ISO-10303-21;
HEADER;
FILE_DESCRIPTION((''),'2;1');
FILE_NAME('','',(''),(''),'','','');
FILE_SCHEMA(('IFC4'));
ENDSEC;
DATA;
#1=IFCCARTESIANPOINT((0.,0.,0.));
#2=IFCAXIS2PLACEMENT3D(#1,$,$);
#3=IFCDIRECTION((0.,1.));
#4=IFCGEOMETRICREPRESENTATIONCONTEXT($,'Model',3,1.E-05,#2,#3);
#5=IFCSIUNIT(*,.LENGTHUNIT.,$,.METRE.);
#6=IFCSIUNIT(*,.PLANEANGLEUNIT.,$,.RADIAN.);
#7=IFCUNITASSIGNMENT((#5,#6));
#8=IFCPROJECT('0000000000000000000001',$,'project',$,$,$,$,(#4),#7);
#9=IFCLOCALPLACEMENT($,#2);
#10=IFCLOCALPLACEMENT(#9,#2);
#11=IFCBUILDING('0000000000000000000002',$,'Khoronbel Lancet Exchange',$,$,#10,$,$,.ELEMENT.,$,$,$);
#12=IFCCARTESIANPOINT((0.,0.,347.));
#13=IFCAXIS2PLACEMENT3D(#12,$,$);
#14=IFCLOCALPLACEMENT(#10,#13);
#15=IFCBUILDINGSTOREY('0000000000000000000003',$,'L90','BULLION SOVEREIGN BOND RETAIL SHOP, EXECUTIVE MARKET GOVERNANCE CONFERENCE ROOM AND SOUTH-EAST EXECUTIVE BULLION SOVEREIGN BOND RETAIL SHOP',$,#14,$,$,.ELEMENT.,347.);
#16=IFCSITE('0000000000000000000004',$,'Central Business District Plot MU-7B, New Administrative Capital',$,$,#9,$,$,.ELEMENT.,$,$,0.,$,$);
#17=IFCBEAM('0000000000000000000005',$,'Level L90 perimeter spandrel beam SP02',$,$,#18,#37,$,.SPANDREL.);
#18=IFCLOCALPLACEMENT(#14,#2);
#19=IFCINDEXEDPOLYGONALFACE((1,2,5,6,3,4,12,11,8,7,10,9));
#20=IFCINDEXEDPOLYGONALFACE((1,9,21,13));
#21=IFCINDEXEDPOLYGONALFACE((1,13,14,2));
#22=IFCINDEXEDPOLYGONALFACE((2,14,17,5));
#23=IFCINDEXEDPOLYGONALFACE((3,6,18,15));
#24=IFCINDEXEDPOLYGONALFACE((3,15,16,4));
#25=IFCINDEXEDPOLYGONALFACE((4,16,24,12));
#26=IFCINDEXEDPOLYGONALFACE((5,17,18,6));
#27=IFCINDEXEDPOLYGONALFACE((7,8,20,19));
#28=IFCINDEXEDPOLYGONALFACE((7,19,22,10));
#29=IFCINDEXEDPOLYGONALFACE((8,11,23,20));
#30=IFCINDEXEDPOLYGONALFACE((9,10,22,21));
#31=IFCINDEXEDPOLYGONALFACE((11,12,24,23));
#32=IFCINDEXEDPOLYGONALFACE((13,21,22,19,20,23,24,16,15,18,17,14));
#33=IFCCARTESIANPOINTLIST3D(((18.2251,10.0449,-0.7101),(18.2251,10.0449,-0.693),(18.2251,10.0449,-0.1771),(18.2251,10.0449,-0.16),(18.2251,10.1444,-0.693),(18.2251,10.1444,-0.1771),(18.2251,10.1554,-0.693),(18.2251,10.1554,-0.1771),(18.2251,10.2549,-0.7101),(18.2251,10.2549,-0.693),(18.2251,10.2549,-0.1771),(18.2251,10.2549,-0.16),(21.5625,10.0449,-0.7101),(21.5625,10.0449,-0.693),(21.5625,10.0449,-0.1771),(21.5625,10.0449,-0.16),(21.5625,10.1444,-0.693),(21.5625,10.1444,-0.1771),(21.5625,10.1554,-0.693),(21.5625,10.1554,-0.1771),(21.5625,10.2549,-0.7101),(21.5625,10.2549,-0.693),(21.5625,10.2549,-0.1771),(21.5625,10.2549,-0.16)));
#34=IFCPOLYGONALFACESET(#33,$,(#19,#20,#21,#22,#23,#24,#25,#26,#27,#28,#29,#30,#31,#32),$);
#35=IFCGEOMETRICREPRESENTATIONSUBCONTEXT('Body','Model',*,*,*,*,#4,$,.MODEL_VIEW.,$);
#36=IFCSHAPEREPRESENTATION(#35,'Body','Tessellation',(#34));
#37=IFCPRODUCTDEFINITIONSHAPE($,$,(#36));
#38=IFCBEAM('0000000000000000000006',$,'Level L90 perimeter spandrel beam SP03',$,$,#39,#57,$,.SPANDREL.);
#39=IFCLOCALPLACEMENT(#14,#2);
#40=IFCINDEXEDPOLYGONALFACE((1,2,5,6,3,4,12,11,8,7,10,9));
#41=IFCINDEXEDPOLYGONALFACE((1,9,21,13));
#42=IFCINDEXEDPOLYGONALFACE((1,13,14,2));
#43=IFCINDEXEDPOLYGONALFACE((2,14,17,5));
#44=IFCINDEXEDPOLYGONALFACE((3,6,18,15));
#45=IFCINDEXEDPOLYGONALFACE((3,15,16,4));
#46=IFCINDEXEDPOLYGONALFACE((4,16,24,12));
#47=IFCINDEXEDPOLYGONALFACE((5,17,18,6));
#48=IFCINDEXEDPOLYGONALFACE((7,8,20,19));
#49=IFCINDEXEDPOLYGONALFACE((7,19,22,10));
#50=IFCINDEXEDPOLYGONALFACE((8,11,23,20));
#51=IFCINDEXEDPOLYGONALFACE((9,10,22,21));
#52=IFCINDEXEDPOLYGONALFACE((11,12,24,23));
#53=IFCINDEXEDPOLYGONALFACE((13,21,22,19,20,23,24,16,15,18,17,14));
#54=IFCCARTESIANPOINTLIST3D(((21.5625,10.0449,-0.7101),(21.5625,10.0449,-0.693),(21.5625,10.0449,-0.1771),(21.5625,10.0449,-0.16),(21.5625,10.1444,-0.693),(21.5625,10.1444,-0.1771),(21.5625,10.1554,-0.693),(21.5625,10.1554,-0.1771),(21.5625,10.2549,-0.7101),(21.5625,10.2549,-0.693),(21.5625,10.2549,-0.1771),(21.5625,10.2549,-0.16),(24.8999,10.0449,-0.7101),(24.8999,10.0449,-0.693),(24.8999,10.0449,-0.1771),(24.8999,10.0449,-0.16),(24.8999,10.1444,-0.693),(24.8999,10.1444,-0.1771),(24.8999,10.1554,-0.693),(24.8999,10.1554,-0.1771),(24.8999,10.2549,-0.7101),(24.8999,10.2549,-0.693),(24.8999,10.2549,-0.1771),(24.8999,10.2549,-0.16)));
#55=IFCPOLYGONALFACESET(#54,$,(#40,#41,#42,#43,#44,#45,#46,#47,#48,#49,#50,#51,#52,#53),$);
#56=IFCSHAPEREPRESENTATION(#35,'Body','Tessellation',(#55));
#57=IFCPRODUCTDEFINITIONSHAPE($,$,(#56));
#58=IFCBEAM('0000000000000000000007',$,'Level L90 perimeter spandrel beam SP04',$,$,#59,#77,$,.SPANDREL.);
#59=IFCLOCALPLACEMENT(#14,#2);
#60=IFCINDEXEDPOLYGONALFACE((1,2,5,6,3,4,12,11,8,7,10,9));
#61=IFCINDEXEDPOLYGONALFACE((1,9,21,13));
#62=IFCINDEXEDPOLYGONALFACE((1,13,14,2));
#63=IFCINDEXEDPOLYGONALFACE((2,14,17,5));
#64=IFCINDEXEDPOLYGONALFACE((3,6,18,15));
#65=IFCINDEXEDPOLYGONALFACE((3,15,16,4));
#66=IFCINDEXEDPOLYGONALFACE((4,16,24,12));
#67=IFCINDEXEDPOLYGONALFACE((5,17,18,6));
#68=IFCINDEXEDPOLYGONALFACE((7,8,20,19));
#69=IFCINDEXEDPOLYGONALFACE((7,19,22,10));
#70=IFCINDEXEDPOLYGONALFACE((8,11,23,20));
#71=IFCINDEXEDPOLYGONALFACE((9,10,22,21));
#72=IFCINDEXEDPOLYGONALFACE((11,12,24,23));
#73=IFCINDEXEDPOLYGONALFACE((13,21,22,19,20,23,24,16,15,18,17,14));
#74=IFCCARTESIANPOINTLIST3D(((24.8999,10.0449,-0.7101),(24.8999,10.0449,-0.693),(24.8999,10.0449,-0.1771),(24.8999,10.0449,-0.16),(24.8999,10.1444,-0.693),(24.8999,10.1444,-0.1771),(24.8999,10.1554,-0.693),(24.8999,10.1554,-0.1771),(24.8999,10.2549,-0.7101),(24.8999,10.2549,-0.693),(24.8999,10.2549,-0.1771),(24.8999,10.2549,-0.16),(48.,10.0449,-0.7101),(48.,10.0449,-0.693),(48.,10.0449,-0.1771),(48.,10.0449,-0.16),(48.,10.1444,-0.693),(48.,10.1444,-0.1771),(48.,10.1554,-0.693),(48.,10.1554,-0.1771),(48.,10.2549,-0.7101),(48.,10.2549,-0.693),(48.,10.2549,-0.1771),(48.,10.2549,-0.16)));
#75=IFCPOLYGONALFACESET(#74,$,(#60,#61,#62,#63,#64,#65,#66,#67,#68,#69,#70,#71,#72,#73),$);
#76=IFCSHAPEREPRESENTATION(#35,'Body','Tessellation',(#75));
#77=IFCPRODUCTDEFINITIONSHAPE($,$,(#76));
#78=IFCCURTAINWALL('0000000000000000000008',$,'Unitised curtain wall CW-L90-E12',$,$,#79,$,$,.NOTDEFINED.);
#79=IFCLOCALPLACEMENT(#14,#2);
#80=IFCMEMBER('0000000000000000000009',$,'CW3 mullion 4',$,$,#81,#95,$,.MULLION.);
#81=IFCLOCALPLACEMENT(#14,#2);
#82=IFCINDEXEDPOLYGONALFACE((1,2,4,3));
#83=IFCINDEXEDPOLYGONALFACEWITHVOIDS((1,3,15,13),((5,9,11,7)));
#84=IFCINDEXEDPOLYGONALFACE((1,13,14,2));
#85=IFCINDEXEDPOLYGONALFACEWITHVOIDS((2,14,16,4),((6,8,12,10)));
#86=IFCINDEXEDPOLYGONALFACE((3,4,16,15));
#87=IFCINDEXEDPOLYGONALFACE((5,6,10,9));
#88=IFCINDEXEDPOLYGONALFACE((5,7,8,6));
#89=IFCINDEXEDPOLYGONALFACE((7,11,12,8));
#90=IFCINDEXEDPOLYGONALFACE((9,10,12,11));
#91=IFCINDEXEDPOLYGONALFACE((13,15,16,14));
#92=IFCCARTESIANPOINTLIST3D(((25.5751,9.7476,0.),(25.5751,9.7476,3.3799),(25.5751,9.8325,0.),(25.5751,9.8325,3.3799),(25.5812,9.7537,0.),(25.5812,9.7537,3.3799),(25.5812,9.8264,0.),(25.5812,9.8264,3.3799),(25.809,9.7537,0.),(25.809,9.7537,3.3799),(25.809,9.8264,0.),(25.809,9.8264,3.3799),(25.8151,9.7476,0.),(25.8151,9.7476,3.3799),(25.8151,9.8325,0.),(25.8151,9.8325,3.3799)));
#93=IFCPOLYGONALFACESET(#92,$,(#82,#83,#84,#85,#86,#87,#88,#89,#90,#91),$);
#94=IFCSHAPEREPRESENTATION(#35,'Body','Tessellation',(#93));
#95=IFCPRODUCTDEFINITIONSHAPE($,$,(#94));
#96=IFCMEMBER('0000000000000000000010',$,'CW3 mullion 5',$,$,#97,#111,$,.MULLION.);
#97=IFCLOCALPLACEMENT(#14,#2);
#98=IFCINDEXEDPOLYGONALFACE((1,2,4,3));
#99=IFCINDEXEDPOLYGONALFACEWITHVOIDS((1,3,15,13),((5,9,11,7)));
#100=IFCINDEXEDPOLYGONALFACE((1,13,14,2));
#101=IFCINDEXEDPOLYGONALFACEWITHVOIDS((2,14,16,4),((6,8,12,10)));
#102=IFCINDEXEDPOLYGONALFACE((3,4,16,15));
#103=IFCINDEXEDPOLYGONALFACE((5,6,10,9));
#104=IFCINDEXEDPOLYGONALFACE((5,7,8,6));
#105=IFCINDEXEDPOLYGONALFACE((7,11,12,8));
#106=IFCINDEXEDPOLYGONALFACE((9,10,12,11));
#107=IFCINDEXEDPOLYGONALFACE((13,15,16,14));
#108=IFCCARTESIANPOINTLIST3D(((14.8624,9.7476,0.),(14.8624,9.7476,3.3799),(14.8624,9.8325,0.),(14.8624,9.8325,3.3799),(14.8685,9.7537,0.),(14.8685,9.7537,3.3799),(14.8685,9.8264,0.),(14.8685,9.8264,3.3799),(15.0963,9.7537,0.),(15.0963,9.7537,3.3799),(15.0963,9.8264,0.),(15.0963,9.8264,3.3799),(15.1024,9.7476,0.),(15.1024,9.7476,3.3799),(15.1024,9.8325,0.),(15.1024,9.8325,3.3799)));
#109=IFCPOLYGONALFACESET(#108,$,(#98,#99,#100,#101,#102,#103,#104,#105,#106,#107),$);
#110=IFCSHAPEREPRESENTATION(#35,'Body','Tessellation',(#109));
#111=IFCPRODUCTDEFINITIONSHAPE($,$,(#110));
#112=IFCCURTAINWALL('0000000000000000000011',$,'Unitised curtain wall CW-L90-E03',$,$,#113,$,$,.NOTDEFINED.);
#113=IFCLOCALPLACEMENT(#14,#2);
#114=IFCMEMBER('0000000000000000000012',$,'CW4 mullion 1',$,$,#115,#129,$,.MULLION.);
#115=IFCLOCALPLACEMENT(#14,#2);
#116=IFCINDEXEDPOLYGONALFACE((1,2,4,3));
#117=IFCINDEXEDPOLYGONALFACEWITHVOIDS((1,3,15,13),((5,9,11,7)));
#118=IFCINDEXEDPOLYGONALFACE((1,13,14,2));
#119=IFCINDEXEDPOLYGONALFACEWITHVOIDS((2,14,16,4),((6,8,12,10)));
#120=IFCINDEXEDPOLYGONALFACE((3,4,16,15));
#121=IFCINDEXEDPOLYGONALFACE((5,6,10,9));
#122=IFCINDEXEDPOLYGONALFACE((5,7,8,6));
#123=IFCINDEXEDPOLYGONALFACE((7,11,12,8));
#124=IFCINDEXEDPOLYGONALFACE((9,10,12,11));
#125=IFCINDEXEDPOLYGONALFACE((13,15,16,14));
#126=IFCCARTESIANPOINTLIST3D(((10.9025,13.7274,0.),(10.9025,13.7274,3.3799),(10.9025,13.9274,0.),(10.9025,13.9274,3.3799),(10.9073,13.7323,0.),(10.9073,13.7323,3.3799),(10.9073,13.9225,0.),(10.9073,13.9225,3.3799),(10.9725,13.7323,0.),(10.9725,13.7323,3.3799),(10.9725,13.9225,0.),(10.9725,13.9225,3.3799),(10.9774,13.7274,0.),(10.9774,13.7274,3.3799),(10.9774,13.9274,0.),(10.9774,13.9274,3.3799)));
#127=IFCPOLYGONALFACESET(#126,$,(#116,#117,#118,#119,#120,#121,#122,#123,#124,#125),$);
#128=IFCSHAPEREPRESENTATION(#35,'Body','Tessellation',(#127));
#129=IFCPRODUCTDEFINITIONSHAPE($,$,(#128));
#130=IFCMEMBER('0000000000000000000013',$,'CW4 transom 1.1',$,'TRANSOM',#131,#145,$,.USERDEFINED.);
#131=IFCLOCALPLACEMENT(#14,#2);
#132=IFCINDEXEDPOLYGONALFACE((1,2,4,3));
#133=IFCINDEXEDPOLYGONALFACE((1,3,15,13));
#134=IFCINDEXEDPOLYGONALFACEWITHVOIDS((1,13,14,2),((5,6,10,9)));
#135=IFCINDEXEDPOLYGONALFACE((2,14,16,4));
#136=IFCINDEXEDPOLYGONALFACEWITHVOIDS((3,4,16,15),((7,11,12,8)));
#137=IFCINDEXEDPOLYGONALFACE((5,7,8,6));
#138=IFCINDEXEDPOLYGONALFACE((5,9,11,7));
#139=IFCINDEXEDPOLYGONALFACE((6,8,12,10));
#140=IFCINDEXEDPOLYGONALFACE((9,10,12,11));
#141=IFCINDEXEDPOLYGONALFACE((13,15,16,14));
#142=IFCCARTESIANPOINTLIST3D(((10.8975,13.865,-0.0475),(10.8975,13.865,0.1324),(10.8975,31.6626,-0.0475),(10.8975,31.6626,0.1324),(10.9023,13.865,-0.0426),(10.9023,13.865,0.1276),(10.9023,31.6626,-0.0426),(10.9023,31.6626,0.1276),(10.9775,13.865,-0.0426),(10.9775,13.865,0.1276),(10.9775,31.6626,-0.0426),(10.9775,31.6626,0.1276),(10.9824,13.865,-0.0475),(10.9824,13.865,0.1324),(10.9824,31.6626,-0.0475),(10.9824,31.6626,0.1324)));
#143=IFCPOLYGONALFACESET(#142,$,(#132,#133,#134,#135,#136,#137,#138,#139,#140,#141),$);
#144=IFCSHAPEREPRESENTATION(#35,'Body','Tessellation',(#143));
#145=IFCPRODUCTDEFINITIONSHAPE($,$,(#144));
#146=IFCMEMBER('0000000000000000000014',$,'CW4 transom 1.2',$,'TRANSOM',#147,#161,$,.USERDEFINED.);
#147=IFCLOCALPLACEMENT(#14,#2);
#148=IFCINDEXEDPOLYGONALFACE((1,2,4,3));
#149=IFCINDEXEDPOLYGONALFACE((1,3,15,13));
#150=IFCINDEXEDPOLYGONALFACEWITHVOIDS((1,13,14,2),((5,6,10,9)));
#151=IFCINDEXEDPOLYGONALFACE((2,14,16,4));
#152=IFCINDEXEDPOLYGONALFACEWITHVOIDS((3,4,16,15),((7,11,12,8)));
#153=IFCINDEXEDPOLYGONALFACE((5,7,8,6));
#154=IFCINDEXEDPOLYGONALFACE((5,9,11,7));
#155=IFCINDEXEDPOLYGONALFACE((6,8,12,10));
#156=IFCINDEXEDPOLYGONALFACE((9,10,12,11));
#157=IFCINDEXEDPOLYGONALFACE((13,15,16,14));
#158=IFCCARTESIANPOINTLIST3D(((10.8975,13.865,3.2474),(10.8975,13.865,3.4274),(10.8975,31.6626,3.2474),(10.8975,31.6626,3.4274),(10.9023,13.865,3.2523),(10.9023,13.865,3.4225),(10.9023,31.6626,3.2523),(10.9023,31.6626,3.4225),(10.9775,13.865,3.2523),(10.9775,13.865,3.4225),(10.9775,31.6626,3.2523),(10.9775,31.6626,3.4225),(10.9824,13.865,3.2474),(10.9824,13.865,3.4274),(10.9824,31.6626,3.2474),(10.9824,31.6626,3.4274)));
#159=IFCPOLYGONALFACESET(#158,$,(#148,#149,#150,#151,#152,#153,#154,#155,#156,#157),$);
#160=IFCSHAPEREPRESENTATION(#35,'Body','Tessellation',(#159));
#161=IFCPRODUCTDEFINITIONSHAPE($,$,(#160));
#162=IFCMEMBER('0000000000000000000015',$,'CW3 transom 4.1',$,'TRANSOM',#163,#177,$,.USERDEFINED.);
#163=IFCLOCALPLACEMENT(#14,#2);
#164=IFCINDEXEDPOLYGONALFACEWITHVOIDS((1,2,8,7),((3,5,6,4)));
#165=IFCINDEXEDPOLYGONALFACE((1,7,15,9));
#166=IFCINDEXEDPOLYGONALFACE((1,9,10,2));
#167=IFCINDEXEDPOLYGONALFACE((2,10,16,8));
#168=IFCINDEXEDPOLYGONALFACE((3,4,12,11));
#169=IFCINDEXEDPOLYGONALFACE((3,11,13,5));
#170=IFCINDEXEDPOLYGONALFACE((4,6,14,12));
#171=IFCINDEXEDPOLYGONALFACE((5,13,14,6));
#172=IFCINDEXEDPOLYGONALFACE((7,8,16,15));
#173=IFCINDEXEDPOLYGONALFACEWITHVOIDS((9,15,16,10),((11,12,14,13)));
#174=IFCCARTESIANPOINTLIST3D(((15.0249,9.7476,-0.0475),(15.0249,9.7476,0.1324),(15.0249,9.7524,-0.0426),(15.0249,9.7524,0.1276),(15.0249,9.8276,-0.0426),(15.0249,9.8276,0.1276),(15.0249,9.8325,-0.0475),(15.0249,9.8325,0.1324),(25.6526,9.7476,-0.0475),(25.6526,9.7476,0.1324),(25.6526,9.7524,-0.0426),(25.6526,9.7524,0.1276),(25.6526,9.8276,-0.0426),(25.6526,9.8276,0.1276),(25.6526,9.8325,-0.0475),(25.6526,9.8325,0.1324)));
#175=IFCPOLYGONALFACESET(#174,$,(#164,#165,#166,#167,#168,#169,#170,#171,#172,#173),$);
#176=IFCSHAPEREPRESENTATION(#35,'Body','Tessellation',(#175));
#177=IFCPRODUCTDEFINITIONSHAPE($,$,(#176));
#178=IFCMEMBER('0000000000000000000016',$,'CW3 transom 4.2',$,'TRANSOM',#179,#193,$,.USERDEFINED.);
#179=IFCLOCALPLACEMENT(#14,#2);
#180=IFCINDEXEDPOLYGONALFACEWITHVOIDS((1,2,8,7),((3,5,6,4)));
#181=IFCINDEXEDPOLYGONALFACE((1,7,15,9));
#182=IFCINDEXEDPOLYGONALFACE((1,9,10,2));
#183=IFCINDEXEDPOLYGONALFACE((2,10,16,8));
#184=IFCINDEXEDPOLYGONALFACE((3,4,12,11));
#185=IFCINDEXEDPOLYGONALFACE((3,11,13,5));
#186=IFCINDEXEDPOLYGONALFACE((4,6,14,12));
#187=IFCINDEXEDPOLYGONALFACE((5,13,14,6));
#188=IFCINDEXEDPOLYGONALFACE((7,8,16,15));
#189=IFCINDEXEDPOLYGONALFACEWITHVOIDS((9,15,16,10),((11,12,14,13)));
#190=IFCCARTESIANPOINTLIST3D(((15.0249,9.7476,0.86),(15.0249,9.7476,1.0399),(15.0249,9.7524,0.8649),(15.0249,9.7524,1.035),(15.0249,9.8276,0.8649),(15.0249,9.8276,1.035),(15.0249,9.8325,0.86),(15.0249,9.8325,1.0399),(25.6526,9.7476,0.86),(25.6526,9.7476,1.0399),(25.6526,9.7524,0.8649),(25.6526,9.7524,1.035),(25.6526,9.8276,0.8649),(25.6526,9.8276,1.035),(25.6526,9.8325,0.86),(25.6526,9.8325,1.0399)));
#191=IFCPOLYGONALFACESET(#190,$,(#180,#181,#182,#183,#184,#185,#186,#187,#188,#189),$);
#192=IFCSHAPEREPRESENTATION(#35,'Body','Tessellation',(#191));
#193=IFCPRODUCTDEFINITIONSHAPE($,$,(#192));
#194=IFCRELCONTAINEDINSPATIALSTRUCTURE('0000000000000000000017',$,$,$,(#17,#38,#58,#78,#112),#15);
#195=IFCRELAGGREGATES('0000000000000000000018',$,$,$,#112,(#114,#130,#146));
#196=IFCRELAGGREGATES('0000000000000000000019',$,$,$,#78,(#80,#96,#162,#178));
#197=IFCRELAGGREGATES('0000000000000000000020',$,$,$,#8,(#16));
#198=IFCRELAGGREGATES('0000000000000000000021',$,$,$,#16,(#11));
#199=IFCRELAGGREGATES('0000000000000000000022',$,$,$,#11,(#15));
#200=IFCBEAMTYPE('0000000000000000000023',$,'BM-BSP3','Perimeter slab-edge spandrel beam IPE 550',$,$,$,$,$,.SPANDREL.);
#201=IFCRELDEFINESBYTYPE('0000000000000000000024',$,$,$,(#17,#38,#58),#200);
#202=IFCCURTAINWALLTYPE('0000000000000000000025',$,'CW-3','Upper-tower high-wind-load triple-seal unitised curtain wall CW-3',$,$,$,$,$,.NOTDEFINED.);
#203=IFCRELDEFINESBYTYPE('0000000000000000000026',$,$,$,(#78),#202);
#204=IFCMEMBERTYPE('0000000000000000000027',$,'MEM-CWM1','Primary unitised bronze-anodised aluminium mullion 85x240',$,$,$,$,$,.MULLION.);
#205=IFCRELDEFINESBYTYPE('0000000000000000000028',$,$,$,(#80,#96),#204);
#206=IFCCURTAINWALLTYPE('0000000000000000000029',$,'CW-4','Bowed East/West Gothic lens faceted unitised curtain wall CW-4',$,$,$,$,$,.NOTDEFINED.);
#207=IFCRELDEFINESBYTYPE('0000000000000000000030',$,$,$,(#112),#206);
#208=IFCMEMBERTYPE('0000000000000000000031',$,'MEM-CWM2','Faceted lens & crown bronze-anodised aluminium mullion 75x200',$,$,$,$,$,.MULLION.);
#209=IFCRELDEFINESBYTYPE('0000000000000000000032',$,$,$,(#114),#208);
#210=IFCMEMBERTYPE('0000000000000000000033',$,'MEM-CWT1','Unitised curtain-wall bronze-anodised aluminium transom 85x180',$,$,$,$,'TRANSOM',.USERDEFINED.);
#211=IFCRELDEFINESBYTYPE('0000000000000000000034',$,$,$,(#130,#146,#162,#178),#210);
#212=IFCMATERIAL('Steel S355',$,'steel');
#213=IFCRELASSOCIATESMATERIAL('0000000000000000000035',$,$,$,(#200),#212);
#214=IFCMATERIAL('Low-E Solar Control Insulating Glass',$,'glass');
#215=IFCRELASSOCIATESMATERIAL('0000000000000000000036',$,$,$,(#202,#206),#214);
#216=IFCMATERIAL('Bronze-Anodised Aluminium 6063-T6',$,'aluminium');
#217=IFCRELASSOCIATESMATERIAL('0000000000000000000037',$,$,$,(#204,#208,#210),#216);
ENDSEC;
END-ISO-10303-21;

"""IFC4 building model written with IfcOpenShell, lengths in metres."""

from ifc_helpers import new_model, si_unit, direction, frame, origin, origin_2d, place, context, subcontext, project, spatial, hollow_rectangle, i_section, extrude, material, material_profile, profile_set, type_object, element, aggregate, save


model = new_model("IFC4")

# Units and contexts
model_context = context("Model", 3, precision=1e-05, world=origin(), true_north=direction((0.0, 1.0)))
body_context = subcontext(model_context, "Body", "Model", "MODEL_VIEW")
ifc_project = project(units=[si_unit("LENGTHUNIT", "METRE"), si_unit("PLANEANGLEUNIT", "RADIAN")], contexts=[model_context])

# Site, building, storey
site_placement = place(None, origin())
site = spatial("IfcSite", under=ifc_project, at=site_placement, Name="Central Business District Plot MU-7B, New Administrative Capital", CompositionType="ELEMENT", RefElevation=0.0)
building_placement = place(site_placement, origin())
building = spatial("IfcBuilding", under=site, at=building_placement, Name="Khoronbel Lancet Exchange", CompositionType="ELEMENT")
storey_placement = place(building_placement, frame((0.0, 0.0, 347.0)))
storey = spatial("IfcBuildingStorey", under=building, at=storey_placement, Name="L90", Description="BULLION SOVEREIGN BOND RETAIL SHOP, EXECUTIVE MARKET GOVERNANCE CONFERENCE ROOM AND SOUTH-EAST EXECUTIVE BULLION SOVEREIGN BOND RETAIL SHOP", CompositionType="ELEMENT", Elevation=347.0)

# Beams
ifc_material_1 = material(Name="Steel S355", Category="steel")
ifc_material_profile_1 = material_profile(ifc_material_1, i_section(OverallWidth=0.21, OverallDepth=0.55, WebThickness=0.011, FlangeThickness=0.0171, at=origin_2d()), Name="IPE 550")
ifc_profile_set_1 = profile_set([ifc_material_profile_1], Name="Steel S355")
beam_type_1 = type_object("IfcBeamType", Name="BM-BSP3", Description="Perimeter slab-edge spandrel beam IPE 550", PredefinedType="SPANDREL", material=ifc_profile_set_1)
for number, where, z_axis, x_axis, name in (
    (1, (18.2251, 10.1499, -0.4351), (1.0, 0.0, 0.0), (0.0, 1.0, 0.0), "Level L90 perimeter spandrel beam SP02"),
    (2, (21.5625, 10.1499, -0.4351), (1.0, 0.0, 0.0), (0.0, 1.0, 0.0), "Level L90 perimeter spandrel beam SP03"),
):
    element("IfcBeam", number, at=place(storey_placement, frame(where, z_axis=z_axis, x_axis=x_axis)), inside=storey, type_object=beam_type_1, Name=name, PredefinedType="SPANDREL", context=body_context, shape_type="SweptSolid", body=[
        extrude(i_section(OverallWidth=0.21, OverallDepth=0.55, WebThickness=0.011, FlangeThickness=0.0171, at=origin_2d()), origin(), (0.0, 0.0, 1.0), 3.3374),
    ])
beam_1_placement = place(storey_placement, frame((24.8999, 10.1499, -0.4351), z_axis=(1.0, 0.0, 0.0), x_axis=(0.0, 1.0, 0.0)))
element("IfcBeam", 3, at=beam_1_placement, inside=storey, type_object=beam_type_1, Name="Level L90 perimeter spandrel beam SP04", PredefinedType="SPANDREL", context=body_context, shape_type="SweptSolid", body=[
    extrude(i_section(OverallWidth=0.21, OverallDepth=0.55, WebThickness=0.011, FlangeThickness=0.0171, at=origin_2d()), origin(), (0.0, 0.0, 1.0), 23.1001),
])

# Curtain walls, members
ifc_material_2 = material(Name="Low-E Solar Control Insulating Glass", Category="glass")
curtain_wall_type_1 = type_object("IfcCurtainWallType", Name="CW-3", Description="Upper-tower high-wind-load triple-seal unitised curtain wall CW-3", PredefinedType="NOTDEFINED", material=ifc_material_2)
curtain_wall_1_placement = place(storey_placement, origin())
curtain_wall_1 = element("IfcCurtainWall", 4, at=curtain_wall_1_placement, inside=storey, type_object=curtain_wall_type_1, Name="Unitised curtain wall CW-L90-E12", PredefinedType="NOTDEFINED")
ifc_material_3 = material(Name="Bronze-Anodised Aluminium 6063-T6", Category="aluminium")
ifc_material_profile_2 = material_profile(ifc_material_3, hollow_rectangle(XDim=0.085, YDim=0.24, WallThickness=0.0061, at=origin_2d()), Name="ALU MULLION 85x240")
ifc_profile_set_2 = profile_set([ifc_material_profile_2], Name="Bronze-Anodised Aluminium 6063-T6")
member_type_1 = type_object("IfcMemberType", Name="MEM-CWM1", Description="Primary unitised bronze-anodised aluminium mullion 85x240", PredefinedType="MULLION", material=ifc_profile_set_2)
member_1_placement = place(storey_placement, frame((25.6951, 9.79, 0.0), z_axis=(0.0, 0.0, 1.0), x_axis=(0.0, -1.0, 0.0)))
member_1 = element("IfcMember", 5, at=member_1_placement, type_object=member_type_1, Name="CW3 mullion 4", PredefinedType="MULLION", context=body_context, shape_type="SweptSolid", body=[
    extrude(hollow_rectangle(XDim=0.085, YDim=0.24, WallThickness=0.0061, at=origin_2d()), origin(), (0.0, 0.0, 1.0), 3.3799),
])
member_2_placement = place(storey_placement, frame((14.9824, 9.79, 0.0), z_axis=(0.0, 0.0, 1.0), x_axis=(0.0, -1.0, 0.0)))
member_2 = element("IfcMember", 6, at=member_2_placement, type_object=member_type_1, Name="CW3 mullion 5", PredefinedType="MULLION", context=body_context, shape_type="SweptSolid", body=[
    extrude(hollow_rectangle(XDim=0.085, YDim=0.24, WallThickness=0.0061, at=origin_2d()), origin(), (0.0, 0.0, 1.0), 3.3799),
])
curtain_wall_type_2 = type_object("IfcCurtainWallType", Name="CW-4", Description="Bowed East/West Gothic lens faceted unitised curtain wall CW-4", PredefinedType="NOTDEFINED", material=ifc_material_2)
curtain_wall_2_placement = place(storey_placement, origin())
curtain_wall_2 = element("IfcCurtainWall", 7, at=curtain_wall_2_placement, inside=storey, type_object=curtain_wall_type_2, Name="Unitised curtain wall CW-L90-E03", PredefinedType="NOTDEFINED")
ifc_material_profile_3 = material_profile(ifc_material_3, hollow_rectangle(XDim=0.075, YDim=0.2, WallThickness=0.0049, at=origin_2d()), Name="ALU MULLION 75x200")
ifc_profile_set_3 = profile_set([ifc_material_profile_3], Name="Bronze-Anodised Aluminium 6063-T6")
member_type_2 = type_object("IfcMemberType", Name="MEM-CWM2", Description="Faceted lens & crown bronze-anodised aluminium mullion 75x200", PredefinedType="MULLION", material=ifc_profile_set_3)
member_3_placement = place(storey_placement, frame((10.9399, 13.8274, 0.0), z_axis=(0.0, 0.0, 1.0), x_axis=(-1.0, 0.0, 0.0)))
member_3 = element("IfcMember", 8, at=member_3_placement, type_object=member_type_2, Name="CW4 mullion 1", PredefinedType="MULLION", context=body_context, shape_type="SweptSolid", body=[
    extrude(hollow_rectangle(XDim=0.075, YDim=0.2, WallThickness=0.0049, at=origin_2d()), origin(), (0.0, 0.0, 1.0), 3.3799),
])
ifc_material_profile_4 = material_profile(ifc_material_3, hollow_rectangle(XDim=0.085, YDim=0.1799, WallThickness=0.0049, at=origin_2d()), Name="ALU TRANSOM 85x180")
ifc_profile_set_4 = profile_set([ifc_material_profile_4], Name="Bronze-Anodised Aluminium 6063-T6")
member_type_3 = type_object("IfcMemberType", Name="MEM-CWT1", Description="Unitised curtain-wall bronze-anodised aluminium transom 85x180", ElementType="TRANSOM", PredefinedType="USERDEFINED", material=ifc_profile_set_4)
member_4_placement = place(storey_placement, frame((10.9399, 13.865, 0.0425), z_axis=(0.0, 1.0, 0.0), x_axis=(-1.0, 0.0, 0.0)))
member_4 = element("IfcMember", 9, at=member_4_placement, type_object=member_type_3, Name="CW4 transom 1.1", ObjectType="TRANSOM", PredefinedType="USERDEFINED", context=body_context, shape_type="SweptSolid", body=[
    extrude(hollow_rectangle(XDim=0.085, YDim=0.1799, WallThickness=0.0049, at=origin_2d()), origin(), (0.0, 0.0, 1.0), 17.7976),
])
member_5_placement = place(storey_placement, frame((10.9399, 13.865, 3.3374), z_axis=(0.0, 1.0, 0.0), x_axis=(-1.0, 0.0, 0.0)))
member_5 = element("IfcMember", 10, at=member_5_placement, type_object=member_type_3, Name="CW4 transom 1.2", ObjectType="TRANSOM", PredefinedType="USERDEFINED", context=body_context, shape_type="SweptSolid", body=[
    extrude(hollow_rectangle(XDim=0.085, YDim=0.1799, WallThickness=0.0049, at=origin_2d()), origin(), (0.0, 0.0, 1.0), 17.7976),
])
aggregate(curtain_wall_2, [member_3, member_4, member_5])

# Members
member_6_placement = place(storey_placement, frame((25.6526, 9.79, 0.0425), z_axis=(-1.0, 0.0, 0.0), x_axis=(0.0, -1.0, 0.0)))
member_6 = element("IfcMember", 11, at=member_6_placement, type_object=member_type_3, Name="CW3 transom 4.1", ObjectType="TRANSOM", PredefinedType="USERDEFINED", context=body_context, shape_type="SweptSolid", body=[
    extrude(hollow_rectangle(XDim=0.085, YDim=0.1799, WallThickness=0.0049, at=origin_2d()), origin(), (0.0, 0.0, 1.0), 10.6277),
])
member_7_placement = place(storey_placement, frame((25.6526, 9.79, 0.95), z_axis=(-1.0, 0.0, 0.0), x_axis=(0.0, -1.0, 0.0)))
member_7 = element("IfcMember", 12, at=member_7_placement, type_object=member_type_3, Name="CW3 transom 4.2", ObjectType="TRANSOM", PredefinedType="USERDEFINED", context=body_context, shape_type="SweptSolid", body=[
    extrude(hollow_rectangle(XDim=0.085, YDim=0.1799, WallThickness=0.0049, at=origin_2d()), origin(), (0.0, 0.0, 1.0), 10.6277),
])

aggregate(curtain_wall_1, [member_1, member_2, member_6, member_7])

save(model, "model.ifc")
